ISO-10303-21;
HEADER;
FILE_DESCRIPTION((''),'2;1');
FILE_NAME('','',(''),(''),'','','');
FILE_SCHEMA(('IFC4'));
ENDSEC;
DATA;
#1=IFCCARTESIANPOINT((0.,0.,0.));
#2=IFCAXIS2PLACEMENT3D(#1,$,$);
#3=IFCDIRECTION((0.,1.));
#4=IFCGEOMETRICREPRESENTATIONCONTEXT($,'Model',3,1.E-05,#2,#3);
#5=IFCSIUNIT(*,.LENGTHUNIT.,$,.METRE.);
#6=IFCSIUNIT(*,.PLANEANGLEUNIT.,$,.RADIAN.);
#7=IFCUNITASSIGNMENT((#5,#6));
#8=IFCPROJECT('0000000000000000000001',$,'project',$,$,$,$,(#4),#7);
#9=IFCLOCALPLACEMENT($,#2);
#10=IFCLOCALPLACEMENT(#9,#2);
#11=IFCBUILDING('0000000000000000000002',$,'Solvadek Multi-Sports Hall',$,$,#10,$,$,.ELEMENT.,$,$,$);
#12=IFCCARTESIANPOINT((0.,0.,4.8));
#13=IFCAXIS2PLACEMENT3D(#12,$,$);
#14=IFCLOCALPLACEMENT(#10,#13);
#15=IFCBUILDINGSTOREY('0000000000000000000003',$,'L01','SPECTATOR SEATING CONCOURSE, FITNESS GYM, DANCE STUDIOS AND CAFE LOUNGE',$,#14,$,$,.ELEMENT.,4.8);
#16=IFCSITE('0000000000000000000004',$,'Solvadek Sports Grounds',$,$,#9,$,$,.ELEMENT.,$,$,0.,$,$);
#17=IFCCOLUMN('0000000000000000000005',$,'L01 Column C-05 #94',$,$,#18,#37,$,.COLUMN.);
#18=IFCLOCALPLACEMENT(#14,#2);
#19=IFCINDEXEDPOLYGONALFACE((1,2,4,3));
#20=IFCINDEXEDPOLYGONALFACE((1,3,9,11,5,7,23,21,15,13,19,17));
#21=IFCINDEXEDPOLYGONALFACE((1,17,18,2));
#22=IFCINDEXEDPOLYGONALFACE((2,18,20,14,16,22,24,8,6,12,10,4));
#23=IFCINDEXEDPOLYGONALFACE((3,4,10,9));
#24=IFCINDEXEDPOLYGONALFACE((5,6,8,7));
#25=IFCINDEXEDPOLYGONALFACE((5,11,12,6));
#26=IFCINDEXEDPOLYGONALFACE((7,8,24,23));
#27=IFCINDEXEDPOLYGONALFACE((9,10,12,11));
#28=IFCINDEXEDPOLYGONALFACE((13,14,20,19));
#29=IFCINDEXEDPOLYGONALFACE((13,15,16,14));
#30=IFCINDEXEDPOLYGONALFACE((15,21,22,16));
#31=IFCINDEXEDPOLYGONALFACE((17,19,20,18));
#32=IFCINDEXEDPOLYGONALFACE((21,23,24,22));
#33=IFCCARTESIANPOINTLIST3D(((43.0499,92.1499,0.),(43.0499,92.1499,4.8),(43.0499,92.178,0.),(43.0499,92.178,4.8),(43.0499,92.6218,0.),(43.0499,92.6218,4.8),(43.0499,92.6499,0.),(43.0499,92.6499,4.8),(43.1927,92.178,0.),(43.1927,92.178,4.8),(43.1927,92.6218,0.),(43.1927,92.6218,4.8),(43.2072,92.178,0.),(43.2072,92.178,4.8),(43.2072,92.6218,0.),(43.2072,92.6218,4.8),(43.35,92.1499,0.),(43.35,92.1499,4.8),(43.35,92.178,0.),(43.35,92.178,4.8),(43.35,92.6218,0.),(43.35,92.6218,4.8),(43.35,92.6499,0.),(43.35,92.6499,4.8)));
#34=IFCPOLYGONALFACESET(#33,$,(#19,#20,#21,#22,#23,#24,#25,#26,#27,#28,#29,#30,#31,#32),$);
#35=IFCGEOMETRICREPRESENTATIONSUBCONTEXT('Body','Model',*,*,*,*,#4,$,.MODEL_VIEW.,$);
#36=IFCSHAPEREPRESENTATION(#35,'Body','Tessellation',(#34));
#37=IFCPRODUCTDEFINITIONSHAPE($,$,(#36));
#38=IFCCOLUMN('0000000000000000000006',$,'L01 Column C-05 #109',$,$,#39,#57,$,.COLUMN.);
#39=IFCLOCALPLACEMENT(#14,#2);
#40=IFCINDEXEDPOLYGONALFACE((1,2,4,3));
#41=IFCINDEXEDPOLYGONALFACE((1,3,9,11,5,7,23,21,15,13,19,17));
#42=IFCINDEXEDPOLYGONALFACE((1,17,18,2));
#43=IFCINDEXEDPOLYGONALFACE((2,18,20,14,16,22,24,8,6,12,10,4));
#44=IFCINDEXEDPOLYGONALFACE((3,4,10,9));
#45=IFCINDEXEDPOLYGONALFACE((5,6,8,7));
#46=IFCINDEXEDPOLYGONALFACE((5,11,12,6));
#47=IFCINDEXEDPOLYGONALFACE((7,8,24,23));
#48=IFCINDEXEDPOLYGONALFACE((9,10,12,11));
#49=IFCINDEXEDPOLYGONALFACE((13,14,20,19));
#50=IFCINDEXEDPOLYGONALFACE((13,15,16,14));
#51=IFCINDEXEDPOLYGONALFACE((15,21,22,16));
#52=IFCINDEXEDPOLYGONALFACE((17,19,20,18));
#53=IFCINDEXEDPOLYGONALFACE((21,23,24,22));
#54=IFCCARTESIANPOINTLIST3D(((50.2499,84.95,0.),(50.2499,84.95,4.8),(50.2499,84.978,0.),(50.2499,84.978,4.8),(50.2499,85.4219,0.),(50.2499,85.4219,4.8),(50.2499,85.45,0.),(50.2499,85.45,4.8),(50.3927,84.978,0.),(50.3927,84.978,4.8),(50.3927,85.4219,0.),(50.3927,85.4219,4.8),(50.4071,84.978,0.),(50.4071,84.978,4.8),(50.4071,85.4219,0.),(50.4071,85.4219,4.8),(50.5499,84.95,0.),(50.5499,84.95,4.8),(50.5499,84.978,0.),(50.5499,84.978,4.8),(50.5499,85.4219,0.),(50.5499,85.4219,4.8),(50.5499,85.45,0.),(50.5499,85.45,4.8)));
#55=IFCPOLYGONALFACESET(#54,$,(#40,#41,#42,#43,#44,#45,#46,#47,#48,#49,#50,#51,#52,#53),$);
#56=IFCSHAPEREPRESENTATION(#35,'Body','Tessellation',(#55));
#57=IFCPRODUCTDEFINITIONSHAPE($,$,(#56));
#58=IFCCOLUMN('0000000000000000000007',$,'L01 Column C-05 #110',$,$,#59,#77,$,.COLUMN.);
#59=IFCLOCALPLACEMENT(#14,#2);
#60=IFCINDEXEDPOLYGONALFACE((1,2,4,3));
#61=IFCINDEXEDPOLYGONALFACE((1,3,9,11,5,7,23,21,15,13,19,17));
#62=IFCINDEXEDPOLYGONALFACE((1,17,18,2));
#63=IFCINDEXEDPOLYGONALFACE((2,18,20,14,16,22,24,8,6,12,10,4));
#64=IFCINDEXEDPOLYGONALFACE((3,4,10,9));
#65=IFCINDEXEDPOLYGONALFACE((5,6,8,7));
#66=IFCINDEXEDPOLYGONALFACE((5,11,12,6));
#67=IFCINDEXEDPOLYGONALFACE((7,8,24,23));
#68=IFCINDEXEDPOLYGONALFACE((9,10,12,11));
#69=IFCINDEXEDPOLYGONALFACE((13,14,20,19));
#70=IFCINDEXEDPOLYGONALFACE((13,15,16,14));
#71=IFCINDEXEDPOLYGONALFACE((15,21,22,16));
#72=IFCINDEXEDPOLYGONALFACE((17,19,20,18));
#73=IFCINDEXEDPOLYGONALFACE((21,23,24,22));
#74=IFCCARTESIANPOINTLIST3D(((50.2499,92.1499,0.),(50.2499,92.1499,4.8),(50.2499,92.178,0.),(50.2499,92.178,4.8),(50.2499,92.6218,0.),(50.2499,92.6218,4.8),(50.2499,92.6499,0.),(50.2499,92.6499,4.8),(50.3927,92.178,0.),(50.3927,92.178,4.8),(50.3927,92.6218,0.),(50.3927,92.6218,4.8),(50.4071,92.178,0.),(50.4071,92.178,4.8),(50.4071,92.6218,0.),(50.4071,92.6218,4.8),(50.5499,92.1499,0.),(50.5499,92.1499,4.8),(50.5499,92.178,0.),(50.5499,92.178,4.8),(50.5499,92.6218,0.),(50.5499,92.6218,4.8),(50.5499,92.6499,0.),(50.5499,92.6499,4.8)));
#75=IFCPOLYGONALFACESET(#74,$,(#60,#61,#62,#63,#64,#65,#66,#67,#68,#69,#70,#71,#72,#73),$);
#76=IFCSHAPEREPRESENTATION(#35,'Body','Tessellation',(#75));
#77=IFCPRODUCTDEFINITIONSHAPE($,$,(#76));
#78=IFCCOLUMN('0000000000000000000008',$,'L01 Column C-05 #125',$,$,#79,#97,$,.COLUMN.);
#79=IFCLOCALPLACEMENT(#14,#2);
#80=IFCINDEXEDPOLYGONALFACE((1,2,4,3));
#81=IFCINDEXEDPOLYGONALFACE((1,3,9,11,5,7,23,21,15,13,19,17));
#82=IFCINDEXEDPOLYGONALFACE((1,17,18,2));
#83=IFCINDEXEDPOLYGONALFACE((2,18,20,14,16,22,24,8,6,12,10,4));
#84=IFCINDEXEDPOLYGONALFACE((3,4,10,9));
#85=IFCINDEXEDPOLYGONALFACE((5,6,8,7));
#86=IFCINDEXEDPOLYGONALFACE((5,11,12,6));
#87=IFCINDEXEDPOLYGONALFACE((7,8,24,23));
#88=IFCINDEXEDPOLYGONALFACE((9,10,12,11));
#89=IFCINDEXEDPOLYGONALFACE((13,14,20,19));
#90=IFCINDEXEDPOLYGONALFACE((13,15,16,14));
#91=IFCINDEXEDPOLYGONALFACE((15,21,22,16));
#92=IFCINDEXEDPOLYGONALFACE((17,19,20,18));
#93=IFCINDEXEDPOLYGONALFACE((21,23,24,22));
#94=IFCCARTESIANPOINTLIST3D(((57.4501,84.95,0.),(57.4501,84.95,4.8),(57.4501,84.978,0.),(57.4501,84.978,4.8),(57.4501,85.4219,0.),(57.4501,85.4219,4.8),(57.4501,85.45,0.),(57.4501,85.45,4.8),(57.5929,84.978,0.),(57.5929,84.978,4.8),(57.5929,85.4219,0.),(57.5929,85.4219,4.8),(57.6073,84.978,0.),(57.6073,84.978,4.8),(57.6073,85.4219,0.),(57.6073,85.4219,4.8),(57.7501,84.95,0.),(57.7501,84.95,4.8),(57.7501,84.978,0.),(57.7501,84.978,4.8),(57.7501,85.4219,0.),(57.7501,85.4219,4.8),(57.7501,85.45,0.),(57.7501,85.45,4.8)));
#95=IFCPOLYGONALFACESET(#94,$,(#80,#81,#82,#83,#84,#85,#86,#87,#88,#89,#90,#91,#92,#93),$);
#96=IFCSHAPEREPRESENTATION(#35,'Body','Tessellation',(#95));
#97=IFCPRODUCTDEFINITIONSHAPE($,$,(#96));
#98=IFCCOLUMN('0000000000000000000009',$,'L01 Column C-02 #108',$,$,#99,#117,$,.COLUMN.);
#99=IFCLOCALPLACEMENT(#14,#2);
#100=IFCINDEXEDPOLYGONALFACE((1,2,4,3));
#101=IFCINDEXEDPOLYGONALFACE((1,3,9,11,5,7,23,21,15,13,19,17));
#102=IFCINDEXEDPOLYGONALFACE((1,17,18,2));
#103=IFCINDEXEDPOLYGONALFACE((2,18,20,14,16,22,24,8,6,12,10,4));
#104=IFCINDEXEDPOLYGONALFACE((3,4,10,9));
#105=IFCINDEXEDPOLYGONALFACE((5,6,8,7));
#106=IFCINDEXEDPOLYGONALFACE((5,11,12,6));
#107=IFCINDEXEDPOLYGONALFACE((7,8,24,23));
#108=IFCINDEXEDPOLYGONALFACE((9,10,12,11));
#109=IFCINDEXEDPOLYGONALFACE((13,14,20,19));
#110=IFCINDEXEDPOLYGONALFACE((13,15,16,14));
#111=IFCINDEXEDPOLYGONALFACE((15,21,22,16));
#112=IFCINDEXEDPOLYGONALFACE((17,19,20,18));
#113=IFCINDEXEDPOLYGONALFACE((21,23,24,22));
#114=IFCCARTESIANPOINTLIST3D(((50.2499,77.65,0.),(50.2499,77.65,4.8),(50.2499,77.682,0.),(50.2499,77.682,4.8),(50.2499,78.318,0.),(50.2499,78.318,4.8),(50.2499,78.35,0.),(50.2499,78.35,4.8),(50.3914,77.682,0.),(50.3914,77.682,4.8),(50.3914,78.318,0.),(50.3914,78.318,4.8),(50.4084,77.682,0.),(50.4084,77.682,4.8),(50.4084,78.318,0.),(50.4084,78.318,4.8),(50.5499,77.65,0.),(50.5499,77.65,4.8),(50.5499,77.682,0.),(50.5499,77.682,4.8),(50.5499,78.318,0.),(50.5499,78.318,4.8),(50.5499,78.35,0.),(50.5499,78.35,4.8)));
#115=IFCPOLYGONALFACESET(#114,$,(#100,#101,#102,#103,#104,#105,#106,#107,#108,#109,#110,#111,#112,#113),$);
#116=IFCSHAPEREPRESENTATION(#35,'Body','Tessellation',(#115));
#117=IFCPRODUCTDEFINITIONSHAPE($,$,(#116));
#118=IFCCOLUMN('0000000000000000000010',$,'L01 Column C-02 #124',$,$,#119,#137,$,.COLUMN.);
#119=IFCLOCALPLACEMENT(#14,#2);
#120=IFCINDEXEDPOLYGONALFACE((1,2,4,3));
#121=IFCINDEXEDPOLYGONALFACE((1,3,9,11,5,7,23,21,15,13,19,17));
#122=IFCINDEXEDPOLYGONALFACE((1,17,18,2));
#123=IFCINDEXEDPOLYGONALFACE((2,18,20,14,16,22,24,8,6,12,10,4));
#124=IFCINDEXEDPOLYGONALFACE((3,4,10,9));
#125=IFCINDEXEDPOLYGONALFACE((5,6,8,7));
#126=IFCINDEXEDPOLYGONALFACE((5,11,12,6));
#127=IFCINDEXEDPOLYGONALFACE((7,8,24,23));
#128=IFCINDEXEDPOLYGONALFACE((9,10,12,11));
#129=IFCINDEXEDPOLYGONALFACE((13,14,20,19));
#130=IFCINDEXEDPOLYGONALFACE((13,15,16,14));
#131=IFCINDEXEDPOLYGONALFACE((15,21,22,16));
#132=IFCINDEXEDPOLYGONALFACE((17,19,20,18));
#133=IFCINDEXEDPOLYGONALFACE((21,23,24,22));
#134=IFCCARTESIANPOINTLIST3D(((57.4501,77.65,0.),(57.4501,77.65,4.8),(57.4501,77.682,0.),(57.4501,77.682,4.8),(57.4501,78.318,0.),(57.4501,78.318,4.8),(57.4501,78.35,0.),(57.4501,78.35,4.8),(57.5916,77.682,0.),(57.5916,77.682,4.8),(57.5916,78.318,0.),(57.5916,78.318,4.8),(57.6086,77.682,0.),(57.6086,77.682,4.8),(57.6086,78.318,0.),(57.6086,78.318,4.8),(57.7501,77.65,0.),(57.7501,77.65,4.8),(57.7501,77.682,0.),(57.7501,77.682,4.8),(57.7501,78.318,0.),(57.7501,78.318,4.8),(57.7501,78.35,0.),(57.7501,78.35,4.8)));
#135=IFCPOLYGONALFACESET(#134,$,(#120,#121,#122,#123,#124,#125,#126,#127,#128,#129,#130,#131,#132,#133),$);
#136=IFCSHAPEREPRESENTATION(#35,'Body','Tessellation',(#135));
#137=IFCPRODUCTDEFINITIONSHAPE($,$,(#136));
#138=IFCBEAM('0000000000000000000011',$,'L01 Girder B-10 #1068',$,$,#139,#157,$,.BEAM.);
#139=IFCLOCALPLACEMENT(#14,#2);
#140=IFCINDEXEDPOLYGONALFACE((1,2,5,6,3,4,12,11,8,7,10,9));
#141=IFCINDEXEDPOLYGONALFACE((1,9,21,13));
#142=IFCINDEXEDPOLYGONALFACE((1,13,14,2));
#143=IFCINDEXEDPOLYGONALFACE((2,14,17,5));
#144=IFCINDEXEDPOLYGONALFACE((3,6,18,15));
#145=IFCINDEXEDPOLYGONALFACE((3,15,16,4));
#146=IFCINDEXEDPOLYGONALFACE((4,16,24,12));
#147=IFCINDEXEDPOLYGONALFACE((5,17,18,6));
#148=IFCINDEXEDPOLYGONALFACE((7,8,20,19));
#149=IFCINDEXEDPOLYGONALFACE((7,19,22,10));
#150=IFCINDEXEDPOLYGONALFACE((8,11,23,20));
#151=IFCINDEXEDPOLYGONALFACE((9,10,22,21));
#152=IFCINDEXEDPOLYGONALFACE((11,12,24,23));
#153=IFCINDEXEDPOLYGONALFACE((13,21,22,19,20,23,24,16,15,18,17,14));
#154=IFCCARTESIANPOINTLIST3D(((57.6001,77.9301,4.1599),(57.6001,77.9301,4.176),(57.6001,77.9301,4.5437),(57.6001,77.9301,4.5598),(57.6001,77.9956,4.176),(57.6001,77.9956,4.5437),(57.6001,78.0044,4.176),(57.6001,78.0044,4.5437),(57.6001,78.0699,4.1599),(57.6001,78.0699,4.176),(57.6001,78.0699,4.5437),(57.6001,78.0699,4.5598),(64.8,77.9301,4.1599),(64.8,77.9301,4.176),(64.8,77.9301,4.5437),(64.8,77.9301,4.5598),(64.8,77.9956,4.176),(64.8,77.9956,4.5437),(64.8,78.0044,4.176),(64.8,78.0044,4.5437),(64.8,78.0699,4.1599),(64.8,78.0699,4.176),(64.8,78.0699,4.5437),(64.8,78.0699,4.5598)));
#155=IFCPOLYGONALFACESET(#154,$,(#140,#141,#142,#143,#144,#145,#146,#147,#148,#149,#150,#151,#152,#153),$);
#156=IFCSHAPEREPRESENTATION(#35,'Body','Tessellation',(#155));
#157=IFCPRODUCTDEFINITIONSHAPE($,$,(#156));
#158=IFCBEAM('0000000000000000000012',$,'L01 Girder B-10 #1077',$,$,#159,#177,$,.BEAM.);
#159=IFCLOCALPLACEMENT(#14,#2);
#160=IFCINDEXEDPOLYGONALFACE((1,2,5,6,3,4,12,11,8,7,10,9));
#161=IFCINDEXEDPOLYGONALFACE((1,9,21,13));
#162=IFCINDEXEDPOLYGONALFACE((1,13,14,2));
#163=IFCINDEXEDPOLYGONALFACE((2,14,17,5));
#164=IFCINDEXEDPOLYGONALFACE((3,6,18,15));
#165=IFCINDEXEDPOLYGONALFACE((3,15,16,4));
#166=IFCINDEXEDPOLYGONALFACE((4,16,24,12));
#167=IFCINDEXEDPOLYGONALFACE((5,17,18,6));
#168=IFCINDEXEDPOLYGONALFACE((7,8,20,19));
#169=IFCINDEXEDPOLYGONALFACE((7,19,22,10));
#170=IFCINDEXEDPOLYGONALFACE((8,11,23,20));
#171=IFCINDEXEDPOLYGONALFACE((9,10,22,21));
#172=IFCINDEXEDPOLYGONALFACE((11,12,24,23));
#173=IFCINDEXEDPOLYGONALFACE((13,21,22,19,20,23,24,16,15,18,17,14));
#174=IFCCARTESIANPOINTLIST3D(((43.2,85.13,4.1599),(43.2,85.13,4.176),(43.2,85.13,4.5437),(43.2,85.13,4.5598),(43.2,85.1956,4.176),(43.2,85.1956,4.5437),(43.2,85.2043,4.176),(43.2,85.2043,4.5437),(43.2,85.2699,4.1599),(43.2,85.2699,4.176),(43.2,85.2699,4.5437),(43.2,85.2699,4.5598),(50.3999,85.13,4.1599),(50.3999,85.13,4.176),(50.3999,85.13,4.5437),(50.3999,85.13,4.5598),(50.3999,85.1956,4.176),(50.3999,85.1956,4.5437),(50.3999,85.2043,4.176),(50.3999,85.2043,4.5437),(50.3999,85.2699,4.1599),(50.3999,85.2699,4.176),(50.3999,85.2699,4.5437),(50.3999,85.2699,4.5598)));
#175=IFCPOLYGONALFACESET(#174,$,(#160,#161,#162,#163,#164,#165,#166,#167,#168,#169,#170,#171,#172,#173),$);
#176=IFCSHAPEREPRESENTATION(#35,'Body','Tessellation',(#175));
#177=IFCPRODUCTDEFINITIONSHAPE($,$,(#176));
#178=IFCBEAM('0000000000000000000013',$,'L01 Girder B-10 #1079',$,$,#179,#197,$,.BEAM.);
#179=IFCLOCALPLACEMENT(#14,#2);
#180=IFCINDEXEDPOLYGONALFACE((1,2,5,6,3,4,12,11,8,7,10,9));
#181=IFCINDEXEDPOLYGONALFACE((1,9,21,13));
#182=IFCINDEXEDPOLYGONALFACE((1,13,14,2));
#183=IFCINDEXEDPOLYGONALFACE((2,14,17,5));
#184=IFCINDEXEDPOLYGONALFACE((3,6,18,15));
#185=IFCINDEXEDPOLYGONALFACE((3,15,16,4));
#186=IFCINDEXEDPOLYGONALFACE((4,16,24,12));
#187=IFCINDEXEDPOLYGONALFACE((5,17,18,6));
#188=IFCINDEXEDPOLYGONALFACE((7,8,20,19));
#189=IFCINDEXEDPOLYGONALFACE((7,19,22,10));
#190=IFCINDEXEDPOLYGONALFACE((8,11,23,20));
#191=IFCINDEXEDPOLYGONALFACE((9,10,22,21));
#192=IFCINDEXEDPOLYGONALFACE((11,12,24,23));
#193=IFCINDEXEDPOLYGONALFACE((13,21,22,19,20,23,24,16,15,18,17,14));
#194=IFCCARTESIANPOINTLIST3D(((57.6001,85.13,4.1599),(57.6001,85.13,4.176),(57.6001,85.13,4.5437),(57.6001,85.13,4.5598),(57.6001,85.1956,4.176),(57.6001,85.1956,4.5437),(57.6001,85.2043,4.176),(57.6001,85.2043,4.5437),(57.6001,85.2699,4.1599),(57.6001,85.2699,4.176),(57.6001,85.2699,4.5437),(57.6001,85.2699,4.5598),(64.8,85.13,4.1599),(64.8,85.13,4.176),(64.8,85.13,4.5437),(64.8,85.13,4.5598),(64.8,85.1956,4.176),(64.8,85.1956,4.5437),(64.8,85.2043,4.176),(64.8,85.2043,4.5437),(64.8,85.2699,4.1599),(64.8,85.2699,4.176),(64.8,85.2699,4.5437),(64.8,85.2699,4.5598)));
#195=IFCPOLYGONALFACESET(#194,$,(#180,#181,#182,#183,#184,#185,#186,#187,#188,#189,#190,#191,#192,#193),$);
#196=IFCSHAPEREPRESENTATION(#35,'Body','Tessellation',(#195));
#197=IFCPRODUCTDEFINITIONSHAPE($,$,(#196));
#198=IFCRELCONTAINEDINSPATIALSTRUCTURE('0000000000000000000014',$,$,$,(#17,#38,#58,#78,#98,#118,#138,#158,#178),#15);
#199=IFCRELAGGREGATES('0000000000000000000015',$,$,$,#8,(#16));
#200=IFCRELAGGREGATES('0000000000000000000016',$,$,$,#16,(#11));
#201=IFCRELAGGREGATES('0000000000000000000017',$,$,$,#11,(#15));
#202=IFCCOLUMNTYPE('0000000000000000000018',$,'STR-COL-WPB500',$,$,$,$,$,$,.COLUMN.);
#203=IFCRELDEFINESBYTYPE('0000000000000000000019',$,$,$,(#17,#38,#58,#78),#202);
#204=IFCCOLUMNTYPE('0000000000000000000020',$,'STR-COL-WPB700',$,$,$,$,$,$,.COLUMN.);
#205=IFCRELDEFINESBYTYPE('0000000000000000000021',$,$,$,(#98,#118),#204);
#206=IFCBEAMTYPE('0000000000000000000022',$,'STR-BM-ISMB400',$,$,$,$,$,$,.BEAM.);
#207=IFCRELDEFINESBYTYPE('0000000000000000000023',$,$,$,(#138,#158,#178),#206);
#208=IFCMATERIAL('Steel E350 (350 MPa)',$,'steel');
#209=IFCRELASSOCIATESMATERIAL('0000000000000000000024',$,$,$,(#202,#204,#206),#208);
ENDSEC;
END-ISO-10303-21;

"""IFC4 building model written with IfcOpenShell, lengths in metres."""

from ifc_helpers import new_model, si_unit, direction, frame, origin, origin_2d, place, context, subcontext, project, spatial, i_section, extrude, material, material_profile, profile_set, type_object, element, save


model = new_model("IFC4")

# Units and contexts
model_context = context("Model", 3, precision=1e-05, world=origin(), true_north=direction((0.0, 1.0)))
body_context = subcontext(model_context, "Body", "Model", "MODEL_VIEW")
ifc_project = project(units=[si_unit("LENGTHUNIT", "METRE"), si_unit("PLANEANGLEUNIT", "RADIAN")], contexts=[model_context])

# Site, building, storey
site_placement = place(None, origin())
site = spatial("IfcSite", under=ifc_project, at=site_placement, Name="Solvadek Sports Grounds", CompositionType="ELEMENT", RefElevation=0.0)
building_placement = place(site_placement, origin())
building = spatial("IfcBuilding", under=site, at=building_placement, Name="Solvadek Multi-Sports Hall", CompositionType="ELEMENT")
storey_placement = place(building_placement, frame((0.0, 0.0, 4.8)))
storey = spatial("IfcBuildingStorey", under=building, at=storey_placement, Name="L01", Description="SPECTATOR SEATING CONCOURSE, FITNESS GYM, DANCE STUDIOS AND CAFE LOUNGE", CompositionType="ELEMENT", Elevation=4.8)

# Columns
ifc_material_1 = material(Name="Steel E350 (350 MPa)", Category="steel")
ifc_material_profile_1 = material_profile(ifc_material_1, i_section(OverallWidth=0.3, OverallDepth=0.5, WebThickness=0.0144, FlangeThickness=0.0281, at=origin_2d()), Name="WPB 500")
ifc_profile_set_1 = profile_set([ifc_material_profile_1], Name="Steel E350 (350 MPa)")
column_type_1 = type_object("IfcColumnType", Name="STR-COL-WPB500", PredefinedType="COLUMN", material=ifc_profile_set_1)
for number, where, z_axis, x_axis, name in (
    (1, (43.2, 92.3999, 0.0), (0.0, 0.0, 1.0), (1.0, 0.0, 0.0), "L01 Column C-05 #94"),
    (2, (50.3999, 85.2, 0.0), (0.0, 0.0, 1.0), (1.0, 0.0, 0.0), "L01 Column C-05 #109"),
    (3, (50.3999, 92.3999, 0.0), (0.0, 0.0, 1.0), (1.0, 0.0, 0.0), "L01 Column C-05 #110"),
    (4, (57.6001, 85.2, 0.0), (0.0, 0.0, 1.0), (1.0, 0.0, 0.0), "L01 Column C-05 #125"),
):
    element("IfcColumn", number, at=place(storey_placement, frame(where, z_axis=z_axis, x_axis=x_axis)), inside=storey, type_object=column_type_1, Name=name, PredefinedType="COLUMN", context=body_context, shape_type="SweptSolid", body=[
        extrude(i_section(OverallWidth=0.3, OverallDepth=0.5, WebThickness=0.0144, FlangeThickness=0.0281, at=origin_2d()), origin(), (0.0, 0.0, 1.0), 4.8),
    ])
ifc_material_profile_2 = material_profile(ifc_material_1, i_section(OverallWidth=0.3, OverallDepth=0.7, WebThickness=0.0171, FlangeThickness=0.032, at=origin_2d()), Name="WPB 700")
ifc_profile_set_2 = profile_set([ifc_material_profile_2], Name="Steel E350 (350 MPa)")
column_type_2 = type_object("IfcColumnType", Name="STR-COL-WPB700", PredefinedType="COLUMN", material=ifc_profile_set_2)
for number, where, z_axis, x_axis, name in (
    (5, (50.3999, 78.0, 0.0), (0.0, 0.0, 1.0), (1.0, 0.0, 0.0), "L01 Column C-02 #108"),
    (6, (57.6001, 78.0, 0.0), (0.0, 0.0, 1.0), (1.0, 0.0, 0.0), "L01 Column C-02 #124"),
):
    element("IfcColumn", number, at=place(storey_placement, frame(where, z_axis=z_axis, x_axis=x_axis)), inside=storey, type_object=column_type_2, Name=name, PredefinedType="COLUMN", context=body_context, shape_type="SweptSolid", body=[
        extrude(i_section(OverallWidth=0.3, OverallDepth=0.7, WebThickness=0.0171, FlangeThickness=0.032, at=origin_2d()), origin(), (0.0, 0.0, 1.0), 4.8),
    ])

# Beams
ifc_material_profile_3 = material_profile(ifc_material_1, i_section(OverallWidth=0.1399, OverallDepth=0.3999, WebThickness=0.0088, FlangeThickness=0.0161, at=origin_2d()), Name="ISMB 400")
ifc_profile_set_3 = profile_set([ifc_material_profile_3], Name="Steel E350 (350 MPa)")
beam_type_1 = type_object("IfcBeamType", Name="STR-BM-ISMB400", PredefinedType="BEAM", material=ifc_profile_set_3)
for number, where, z_axis, x_axis, name in (
    (7, (57.6001, 78.0, 4.3599), (1.0, 0.0, 0.0), (0.0, 1.0, 0.0), "L01 Girder B-10 #1068"),
    (8, (43.2, 85.2, 4.3599), (1.0, 0.0, 0.0), (0.0, 1.0, 0.0), "L01 Girder B-10 #1077"),
    (9, (57.6001, 85.2, 4.3599), (1.0, 0.0, 0.0), (0.0, 1.0, 0.0), "L01 Girder B-10 #1079"),
):
    element("IfcBeam", number, at=place(storey_placement, frame(where, z_axis=z_axis, x_axis=x_axis)), inside=storey, type_object=beam_type_1, Name=name, PredefinedType="BEAM", context=body_context, shape_type="SweptSolid", body=[
        extrude(i_section(OverallWidth=0.1399, OverallDepth=0.3999, WebThickness=0.0088, FlangeThickness=0.0161, at=origin_2d()), origin(), (0.0, 0.0, 1.0), 7.2),
    ])

save(model, "model.ifc")
